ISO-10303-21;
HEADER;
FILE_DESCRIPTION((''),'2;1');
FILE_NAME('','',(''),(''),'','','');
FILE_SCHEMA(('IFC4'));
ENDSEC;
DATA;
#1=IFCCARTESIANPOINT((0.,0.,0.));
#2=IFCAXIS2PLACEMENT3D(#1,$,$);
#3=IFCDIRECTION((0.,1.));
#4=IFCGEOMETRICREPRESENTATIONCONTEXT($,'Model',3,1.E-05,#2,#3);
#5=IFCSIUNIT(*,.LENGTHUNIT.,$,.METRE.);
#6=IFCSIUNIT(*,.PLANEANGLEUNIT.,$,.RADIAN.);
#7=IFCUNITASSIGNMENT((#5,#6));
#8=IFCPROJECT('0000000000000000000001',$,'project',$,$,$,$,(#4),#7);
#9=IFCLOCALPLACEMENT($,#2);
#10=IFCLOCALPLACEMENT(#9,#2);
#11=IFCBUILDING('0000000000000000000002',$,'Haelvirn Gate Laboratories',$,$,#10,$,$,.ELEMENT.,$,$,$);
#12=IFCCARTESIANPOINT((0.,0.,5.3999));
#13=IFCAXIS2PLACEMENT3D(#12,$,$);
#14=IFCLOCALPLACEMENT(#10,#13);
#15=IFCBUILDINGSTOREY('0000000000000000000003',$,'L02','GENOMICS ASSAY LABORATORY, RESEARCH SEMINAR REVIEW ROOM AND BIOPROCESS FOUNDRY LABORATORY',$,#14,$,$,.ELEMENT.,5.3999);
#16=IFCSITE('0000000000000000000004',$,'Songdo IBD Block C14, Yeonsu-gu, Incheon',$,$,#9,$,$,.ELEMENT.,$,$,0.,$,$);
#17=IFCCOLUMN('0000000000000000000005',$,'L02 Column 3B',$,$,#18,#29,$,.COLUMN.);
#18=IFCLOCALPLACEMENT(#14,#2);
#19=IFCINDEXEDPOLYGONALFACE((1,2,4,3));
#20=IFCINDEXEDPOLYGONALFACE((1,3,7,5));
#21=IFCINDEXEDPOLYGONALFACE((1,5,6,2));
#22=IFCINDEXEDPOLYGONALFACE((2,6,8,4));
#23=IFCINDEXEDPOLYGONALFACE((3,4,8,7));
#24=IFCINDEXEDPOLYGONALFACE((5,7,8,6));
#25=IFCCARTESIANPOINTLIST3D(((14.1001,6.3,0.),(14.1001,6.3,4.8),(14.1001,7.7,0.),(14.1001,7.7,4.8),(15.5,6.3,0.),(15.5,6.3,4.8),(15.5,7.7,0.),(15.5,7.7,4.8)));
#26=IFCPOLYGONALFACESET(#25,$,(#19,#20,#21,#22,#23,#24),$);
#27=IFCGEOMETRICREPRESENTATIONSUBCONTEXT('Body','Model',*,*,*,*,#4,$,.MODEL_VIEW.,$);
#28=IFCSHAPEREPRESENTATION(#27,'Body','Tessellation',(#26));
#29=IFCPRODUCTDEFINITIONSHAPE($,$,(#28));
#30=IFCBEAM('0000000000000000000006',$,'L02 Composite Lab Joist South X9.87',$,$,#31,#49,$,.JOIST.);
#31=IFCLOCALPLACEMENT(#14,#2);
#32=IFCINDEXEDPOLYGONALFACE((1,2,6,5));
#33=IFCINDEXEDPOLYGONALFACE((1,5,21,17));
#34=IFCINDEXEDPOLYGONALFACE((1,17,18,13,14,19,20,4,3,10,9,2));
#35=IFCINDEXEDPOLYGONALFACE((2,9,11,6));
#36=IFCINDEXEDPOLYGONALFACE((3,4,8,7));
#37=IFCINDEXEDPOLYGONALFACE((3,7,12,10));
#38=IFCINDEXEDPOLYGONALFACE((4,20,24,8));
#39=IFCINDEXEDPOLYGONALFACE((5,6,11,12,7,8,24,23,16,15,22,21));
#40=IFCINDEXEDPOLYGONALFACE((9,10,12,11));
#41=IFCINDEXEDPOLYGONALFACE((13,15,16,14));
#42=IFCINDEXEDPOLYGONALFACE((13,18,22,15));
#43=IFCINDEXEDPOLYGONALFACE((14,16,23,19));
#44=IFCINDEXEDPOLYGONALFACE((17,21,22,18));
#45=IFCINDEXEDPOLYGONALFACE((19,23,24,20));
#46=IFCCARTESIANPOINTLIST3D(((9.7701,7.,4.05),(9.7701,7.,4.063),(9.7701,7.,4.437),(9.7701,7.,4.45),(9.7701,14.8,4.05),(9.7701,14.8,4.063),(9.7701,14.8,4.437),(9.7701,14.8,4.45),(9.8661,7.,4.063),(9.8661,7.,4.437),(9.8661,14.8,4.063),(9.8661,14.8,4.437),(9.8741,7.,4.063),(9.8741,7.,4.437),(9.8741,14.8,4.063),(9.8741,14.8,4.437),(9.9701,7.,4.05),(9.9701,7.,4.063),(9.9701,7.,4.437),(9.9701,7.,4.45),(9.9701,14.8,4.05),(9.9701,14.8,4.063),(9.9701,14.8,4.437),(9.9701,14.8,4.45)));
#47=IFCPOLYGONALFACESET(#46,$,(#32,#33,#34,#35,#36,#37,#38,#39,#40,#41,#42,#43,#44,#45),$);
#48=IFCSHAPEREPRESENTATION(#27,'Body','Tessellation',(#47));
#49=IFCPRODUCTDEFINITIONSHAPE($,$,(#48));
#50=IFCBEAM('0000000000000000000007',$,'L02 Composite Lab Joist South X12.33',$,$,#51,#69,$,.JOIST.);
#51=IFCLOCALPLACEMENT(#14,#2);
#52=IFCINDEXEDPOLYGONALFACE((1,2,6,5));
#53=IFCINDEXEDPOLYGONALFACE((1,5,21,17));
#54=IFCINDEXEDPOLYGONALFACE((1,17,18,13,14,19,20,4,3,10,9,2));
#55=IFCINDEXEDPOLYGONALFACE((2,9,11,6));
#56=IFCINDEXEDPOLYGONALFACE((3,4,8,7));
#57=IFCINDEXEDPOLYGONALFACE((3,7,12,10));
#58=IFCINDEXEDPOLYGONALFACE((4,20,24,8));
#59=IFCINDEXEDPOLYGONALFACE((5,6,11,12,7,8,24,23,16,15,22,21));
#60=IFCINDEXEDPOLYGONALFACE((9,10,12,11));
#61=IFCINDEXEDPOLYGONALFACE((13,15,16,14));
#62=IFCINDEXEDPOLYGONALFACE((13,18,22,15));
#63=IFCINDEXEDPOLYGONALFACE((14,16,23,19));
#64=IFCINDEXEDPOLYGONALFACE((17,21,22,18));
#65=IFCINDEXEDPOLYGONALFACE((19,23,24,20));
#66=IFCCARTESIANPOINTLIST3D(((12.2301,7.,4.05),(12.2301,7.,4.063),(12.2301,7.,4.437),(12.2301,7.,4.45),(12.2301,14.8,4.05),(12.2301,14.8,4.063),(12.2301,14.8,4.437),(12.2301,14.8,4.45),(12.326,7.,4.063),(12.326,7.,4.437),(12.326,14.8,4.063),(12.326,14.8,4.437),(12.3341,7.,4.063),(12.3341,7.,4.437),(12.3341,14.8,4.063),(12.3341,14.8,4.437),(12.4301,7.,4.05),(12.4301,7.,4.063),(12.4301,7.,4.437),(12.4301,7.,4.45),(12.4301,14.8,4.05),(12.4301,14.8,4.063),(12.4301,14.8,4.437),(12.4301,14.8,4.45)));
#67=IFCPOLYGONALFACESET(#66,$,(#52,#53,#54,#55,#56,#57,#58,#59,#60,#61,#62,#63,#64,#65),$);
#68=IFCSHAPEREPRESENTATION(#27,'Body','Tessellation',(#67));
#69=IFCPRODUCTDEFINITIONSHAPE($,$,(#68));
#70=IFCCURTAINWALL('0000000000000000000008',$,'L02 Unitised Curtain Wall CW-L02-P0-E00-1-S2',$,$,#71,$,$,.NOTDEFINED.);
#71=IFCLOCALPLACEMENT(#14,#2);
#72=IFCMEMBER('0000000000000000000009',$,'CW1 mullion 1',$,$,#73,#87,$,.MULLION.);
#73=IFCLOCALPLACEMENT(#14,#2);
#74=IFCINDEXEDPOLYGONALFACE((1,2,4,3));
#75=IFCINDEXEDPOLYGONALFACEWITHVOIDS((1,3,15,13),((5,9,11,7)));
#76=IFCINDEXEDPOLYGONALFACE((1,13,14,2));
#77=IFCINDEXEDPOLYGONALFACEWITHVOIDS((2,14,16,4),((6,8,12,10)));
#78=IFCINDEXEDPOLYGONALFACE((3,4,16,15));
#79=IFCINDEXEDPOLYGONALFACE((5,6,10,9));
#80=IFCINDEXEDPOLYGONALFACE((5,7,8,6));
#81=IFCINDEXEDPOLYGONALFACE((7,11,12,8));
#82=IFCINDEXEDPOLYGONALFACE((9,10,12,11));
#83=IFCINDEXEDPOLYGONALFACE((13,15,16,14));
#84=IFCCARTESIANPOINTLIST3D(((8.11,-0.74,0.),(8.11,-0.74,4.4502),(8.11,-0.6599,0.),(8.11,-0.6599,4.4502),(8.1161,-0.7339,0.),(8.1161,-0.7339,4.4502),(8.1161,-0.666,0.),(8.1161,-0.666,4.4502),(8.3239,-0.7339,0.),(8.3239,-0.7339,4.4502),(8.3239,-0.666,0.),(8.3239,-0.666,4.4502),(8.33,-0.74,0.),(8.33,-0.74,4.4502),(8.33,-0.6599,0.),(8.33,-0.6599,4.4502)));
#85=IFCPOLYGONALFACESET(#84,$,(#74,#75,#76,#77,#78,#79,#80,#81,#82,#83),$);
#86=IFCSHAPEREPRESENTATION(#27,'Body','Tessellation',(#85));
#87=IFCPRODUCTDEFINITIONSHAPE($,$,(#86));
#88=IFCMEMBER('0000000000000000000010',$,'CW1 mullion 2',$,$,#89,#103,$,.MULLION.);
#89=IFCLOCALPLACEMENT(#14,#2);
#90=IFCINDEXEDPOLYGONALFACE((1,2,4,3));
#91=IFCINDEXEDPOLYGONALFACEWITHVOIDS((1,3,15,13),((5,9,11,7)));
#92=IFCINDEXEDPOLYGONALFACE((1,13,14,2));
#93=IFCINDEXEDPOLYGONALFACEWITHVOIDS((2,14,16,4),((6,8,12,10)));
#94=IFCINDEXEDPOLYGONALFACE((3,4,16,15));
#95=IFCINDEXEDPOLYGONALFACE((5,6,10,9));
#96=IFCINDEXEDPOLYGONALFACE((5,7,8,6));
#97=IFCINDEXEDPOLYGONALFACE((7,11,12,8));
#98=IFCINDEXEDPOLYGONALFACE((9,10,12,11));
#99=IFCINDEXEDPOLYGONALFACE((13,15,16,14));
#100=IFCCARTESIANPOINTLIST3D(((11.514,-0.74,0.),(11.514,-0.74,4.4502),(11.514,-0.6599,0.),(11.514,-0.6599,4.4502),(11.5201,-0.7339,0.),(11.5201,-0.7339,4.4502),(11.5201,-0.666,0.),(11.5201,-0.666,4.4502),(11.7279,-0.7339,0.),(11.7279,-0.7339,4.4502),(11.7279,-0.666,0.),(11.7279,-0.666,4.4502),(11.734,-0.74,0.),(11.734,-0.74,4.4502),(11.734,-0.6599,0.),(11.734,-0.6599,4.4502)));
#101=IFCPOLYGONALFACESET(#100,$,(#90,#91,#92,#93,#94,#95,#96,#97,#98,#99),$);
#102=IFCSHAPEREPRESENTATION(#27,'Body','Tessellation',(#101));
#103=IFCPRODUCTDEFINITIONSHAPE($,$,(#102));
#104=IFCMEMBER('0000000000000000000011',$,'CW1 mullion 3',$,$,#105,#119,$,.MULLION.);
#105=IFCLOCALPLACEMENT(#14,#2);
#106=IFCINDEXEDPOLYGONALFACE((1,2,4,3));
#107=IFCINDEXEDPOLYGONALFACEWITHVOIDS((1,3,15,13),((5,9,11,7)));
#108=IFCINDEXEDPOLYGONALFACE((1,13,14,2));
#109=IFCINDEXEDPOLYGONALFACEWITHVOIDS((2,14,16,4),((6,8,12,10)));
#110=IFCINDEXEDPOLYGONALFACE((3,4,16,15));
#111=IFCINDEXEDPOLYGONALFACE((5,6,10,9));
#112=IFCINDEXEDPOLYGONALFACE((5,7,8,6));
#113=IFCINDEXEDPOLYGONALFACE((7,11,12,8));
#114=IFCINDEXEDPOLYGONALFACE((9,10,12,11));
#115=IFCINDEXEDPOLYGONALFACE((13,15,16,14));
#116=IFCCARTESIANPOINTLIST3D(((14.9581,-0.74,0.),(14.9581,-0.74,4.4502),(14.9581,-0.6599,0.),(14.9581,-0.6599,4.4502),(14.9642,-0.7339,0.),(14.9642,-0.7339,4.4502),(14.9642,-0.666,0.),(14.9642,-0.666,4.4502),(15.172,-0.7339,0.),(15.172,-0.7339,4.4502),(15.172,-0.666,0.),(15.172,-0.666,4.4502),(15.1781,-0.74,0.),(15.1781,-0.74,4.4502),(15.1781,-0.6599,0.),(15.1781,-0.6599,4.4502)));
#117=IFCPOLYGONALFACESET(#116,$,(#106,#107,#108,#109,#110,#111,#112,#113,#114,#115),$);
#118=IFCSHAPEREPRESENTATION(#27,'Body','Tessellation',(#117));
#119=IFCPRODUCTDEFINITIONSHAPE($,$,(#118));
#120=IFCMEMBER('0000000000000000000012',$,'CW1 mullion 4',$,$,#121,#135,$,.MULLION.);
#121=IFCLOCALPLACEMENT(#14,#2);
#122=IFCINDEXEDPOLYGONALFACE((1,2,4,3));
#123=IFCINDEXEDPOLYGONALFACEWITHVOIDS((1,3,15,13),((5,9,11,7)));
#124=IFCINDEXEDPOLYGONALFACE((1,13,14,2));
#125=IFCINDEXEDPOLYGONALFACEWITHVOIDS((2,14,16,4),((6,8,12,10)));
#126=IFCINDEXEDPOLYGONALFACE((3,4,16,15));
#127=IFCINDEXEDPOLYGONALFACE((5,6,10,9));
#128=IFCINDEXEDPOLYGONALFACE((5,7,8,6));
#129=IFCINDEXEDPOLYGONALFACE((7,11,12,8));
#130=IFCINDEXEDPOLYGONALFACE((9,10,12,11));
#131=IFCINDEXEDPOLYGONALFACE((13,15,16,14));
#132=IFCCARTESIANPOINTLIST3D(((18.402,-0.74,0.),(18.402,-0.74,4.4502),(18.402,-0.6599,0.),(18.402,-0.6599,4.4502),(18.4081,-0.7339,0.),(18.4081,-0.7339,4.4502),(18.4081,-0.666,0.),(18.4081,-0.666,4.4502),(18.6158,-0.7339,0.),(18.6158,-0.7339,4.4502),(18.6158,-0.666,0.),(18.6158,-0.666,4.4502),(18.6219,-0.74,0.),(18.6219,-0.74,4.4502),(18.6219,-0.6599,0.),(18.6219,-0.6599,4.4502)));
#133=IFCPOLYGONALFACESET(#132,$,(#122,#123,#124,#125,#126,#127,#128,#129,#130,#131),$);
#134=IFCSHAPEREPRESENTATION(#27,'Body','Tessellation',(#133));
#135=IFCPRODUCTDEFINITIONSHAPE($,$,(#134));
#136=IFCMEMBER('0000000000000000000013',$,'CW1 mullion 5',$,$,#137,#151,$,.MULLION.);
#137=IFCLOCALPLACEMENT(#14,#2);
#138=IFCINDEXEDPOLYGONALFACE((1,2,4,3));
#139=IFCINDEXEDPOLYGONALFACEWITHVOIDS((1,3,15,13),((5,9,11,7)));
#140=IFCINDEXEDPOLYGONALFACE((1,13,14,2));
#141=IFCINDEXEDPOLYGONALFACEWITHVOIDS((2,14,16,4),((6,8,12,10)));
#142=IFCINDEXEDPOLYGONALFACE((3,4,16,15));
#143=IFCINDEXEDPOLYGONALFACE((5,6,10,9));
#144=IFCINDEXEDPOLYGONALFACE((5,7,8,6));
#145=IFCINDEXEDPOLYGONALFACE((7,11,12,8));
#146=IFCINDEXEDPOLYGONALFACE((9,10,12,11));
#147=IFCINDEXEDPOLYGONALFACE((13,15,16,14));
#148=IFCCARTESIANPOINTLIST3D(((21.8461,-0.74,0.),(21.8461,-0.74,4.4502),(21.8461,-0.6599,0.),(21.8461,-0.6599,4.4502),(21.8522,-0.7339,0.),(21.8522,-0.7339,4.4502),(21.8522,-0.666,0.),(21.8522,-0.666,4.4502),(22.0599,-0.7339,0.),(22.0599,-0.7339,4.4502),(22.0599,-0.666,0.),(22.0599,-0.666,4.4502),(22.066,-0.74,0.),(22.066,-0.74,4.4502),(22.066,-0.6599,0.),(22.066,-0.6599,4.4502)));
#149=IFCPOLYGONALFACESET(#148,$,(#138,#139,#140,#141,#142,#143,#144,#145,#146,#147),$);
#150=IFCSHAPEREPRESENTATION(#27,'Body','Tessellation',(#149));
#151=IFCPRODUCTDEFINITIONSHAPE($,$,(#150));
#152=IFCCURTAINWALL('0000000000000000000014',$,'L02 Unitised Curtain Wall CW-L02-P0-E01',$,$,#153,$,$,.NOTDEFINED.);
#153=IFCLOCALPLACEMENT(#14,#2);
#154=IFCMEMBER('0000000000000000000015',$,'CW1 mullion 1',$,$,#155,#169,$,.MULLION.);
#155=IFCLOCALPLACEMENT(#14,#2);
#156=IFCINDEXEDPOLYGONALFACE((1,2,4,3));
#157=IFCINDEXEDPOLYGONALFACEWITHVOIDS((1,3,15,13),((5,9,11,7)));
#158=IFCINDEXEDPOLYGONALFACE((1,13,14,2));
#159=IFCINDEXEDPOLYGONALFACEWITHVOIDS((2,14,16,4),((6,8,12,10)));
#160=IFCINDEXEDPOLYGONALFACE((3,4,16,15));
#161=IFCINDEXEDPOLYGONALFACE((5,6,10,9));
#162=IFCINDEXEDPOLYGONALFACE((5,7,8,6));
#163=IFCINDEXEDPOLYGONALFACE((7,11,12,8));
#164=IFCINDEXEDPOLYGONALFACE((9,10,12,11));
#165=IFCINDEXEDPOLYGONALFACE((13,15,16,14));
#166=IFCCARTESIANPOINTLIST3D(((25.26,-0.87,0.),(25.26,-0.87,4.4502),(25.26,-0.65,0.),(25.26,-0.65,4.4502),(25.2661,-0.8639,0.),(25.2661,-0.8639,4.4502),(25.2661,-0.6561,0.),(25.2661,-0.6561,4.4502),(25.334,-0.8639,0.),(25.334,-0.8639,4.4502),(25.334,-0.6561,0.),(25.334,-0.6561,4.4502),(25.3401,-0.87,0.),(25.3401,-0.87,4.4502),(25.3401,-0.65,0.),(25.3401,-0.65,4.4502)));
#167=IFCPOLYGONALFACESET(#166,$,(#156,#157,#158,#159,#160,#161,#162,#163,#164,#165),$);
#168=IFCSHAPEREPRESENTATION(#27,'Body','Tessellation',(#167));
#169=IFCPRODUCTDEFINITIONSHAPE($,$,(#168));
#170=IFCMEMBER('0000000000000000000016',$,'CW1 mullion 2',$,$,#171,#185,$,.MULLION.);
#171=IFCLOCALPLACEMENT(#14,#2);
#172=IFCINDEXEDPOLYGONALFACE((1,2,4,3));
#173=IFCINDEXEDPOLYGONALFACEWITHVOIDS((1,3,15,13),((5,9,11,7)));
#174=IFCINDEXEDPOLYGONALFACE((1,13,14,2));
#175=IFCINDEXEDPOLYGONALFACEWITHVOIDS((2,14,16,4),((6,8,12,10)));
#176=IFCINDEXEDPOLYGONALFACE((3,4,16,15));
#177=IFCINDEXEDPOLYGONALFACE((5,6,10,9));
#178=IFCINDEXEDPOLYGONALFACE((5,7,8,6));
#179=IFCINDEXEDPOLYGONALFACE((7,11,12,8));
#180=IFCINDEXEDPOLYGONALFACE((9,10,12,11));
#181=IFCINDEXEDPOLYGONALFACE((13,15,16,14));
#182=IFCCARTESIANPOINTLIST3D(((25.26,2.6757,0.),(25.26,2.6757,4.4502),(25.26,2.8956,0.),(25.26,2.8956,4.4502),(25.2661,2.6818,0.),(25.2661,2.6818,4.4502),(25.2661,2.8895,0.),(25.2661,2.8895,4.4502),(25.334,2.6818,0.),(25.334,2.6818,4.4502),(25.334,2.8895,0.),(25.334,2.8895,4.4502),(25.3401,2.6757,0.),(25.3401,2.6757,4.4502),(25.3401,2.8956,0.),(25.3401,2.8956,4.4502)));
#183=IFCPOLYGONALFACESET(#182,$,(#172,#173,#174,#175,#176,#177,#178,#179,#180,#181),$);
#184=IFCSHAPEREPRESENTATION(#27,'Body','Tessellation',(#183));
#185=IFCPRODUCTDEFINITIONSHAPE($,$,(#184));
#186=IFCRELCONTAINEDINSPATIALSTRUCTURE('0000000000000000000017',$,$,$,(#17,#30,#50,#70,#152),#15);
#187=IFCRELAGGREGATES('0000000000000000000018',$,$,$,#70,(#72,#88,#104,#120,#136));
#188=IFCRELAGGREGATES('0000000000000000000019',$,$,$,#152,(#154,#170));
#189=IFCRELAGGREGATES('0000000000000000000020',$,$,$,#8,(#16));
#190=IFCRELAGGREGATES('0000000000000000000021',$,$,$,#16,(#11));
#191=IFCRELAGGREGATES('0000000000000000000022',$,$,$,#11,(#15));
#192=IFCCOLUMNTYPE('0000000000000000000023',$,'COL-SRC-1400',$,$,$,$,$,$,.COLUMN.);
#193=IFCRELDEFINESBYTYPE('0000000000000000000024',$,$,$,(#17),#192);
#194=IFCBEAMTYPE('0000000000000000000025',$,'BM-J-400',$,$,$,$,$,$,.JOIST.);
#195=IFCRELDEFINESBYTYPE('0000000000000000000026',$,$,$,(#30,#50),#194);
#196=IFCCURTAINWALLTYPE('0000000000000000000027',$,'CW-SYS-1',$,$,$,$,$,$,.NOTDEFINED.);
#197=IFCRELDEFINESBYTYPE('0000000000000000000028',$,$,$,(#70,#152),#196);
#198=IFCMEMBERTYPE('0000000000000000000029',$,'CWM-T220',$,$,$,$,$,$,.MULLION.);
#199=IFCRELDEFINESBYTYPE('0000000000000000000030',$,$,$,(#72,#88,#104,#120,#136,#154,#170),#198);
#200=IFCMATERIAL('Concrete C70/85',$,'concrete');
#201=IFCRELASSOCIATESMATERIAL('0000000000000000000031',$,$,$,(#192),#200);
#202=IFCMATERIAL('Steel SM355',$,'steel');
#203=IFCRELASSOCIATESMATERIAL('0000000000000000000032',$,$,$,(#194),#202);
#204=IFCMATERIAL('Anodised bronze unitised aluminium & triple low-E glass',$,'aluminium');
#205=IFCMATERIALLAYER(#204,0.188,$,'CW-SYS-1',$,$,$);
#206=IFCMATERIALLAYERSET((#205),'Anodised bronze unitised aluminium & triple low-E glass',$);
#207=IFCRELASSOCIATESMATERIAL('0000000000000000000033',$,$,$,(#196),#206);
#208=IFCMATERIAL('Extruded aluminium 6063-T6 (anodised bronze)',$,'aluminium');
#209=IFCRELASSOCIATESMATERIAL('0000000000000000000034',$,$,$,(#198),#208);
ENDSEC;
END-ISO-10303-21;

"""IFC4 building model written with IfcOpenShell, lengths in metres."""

from ifc_helpers import new_model, si_unit, direction, frame, origin, origin_2d, place, context, subcontext, project, spatial, rectangle, hollow_rectangle, i_section, extrude, source, transform, mapped, material, layer, layer_set, material_profile, profile_set, type_object, type_shapes, element, aggregate, save


model = new_model("IFC4")

# Units and contexts
model_context = context("Model", 3, precision=1e-05, world=origin(), true_north=direction((0.0, 1.0)))
body_context = subcontext(model_context, "Body", "Model", "MODEL_VIEW")
ifc_project = project(units=[si_unit("LENGTHUNIT", "METRE"), si_unit("PLANEANGLEUNIT", "RADIAN")], contexts=[model_context])

# Site, building, storey
site_placement = place(None, origin())
site = spatial("IfcSite", under=ifc_project, at=site_placement, Name="Songdo IBD Block C14, Yeonsu-gu, Incheon", CompositionType="ELEMENT", RefElevation=0.0)
building_placement = place(site_placement, origin())
building = spatial("IfcBuilding", under=site, at=building_placement, Name="Haelvirn Gate Laboratories", CompositionType="ELEMENT")
storey_placement = place(building_placement, frame((0.0, 0.0, 5.3999)))
storey = spatial("IfcBuildingStorey", under=building, at=storey_placement, Name="L02", Description="GENOMICS ASSAY LABORATORY, RESEARCH SEMINAR REVIEW ROOM AND BIOPROCESS FOUNDRY LABORATORY", CompositionType="ELEMENT", Elevation=5.3999)

# Column
ifc_material_1 = material(Name="Concrete C70/85", Category="concrete")
ifc_material_profile_1 = material_profile(ifc_material_1, rectangle(XDim=1.3999, YDim=1.3999, at=origin_2d()), Name="SRC-1400x1400")
ifc_profile_set_1 = profile_set([ifc_material_profile_1], Name="Concrete C70/85")
column_type = type_object("IfcColumnType", Name="COL-SRC-1400", PredefinedType="COLUMN", material=ifc_profile_set_1)
shared_shape_1 = source(origin(), body_context, "Body", "SweptSolid", [
    extrude(rectangle(XDim=1.3999, YDim=1.3999, at=origin_2d()), origin(), (0.0, 0.0, 1.0), 4.8),
])
type_shapes(column_type, [shared_shape_1])
column_placement = place(storey_placement, frame((14.8, 7.0, 0.0), z_axis=(0.0, 0.0, 1.0), x_axis=(1.0, 0.0, 0.0)))
element("IfcColumn", 1, at=column_placement, inside=storey, type_object=column_type, Name="L02 Column 3B", PredefinedType="COLUMN", context=body_context, shape_type="MappedRepresentation", body=[
    mapped(shared_shape_1, transform((0.0, 0.0, 0.0), scale=1.0)),
])

# Beams
ifc_material_2 = material(Name="Steel SM355", Category="steel")
ifc_material_profile_2 = material_profile(ifc_material_2, i_section(OverallWidth=0.2, OverallDepth=0.3999, WebThickness=0.0081, FlangeThickness=0.0129, at=origin_2d()), Name="H-400x200x8x13")
ifc_profile_set_2 = profile_set([ifc_material_profile_2], Name="Steel SM355")
beam_type = type_object("IfcBeamType", Name="BM-J-400", PredefinedType="JOIST", material=ifc_profile_set_2)
shared_shape_2 = source(origin(), body_context, "Body", "SweptSolid", [
    extrude(i_section(OverallWidth=0.2, OverallDepth=0.3999, WebThickness=0.0081, FlangeThickness=0.0129, at=origin_2d()), origin(), (0.0, 0.0, 1.0), 7.8),
])
type_shapes(beam_type, [shared_shape_2])
for number, where, z_axis, x_axis, name in (
    (2, (9.8701, 7.0, 4.25), (0.0, 1.0, 0.0), (-1.0, 0.0, 0.0), "L02 Composite Lab Joist South X9.87"),
    (3, (12.3301, 7.0, 4.25), (0.0, 1.0, 0.0), (-1.0, 0.0, 0.0), "L02 Composite Lab Joist South X12.33"),
):
    element("IfcBeam", number, at=place(storey_placement, frame(where, z_axis=z_axis, x_axis=x_axis)), inside=storey, type_object=beam_type, Name=name, PredefinedType="JOIST", context=body_context, shape_type="MappedRepresentation", body=[
        mapped(shared_shape_2, transform((0.0, 0.0, 0.0), scale=1.0)),
    ])

# Curtain walls, members
ifc_material_3 = material(Name="Anodised bronze unitised aluminium & triple low-E glass", Category="aluminium")
ifc_layer_1 = layer(ifc_material_3, 0.188, Name="CW-SYS-1")
ifc_layer_set_1 = layer_set([ifc_layer_1], Name="Anodised bronze unitised aluminium & triple low-E glass")
curtain_wall_type = type_object("IfcCurtainWallType", Name="CW-SYS-1", PredefinedType="NOTDEFINED", material=ifc_layer_set_1)
curtain_wall_1_placement = place(storey_placement, origin())
curtain_wall_1 = element("IfcCurtainWall", 4, at=curtain_wall_1_placement, inside=storey, type_object=curtain_wall_type, Name="L02 Unitised Curtain Wall CW-L02-P0-E00-1-S2", PredefinedType="NOTDEFINED")
ifc_material_4 = material(Name="Extruded aluminium 6063-T6 (anodised bronze)", Category="aluminium")
ifc_material_profile_3 = material_profile(ifc_material_4, hollow_rectangle(XDim=0.0801, YDim=0.22, WallThickness=0.0061, at=origin_2d()), Name="CWM-220x80x6")
ifc_profile_set_3 = profile_set([ifc_material_profile_3], Name="Extruded aluminium 6063-T6 (anodised bronze)")
member_type_1 = type_object("IfcMemberType", Name="CWM-T220", PredefinedType="MULLION", material=ifc_profile_set_3)
shared_shape_3 = source(origin(), body_context, "Body", "SweptSolid", [
    extrude(hollow_rectangle(XDim=0.0801, YDim=0.22, WallThickness=0.0061, at=origin_2d()), origin(), (0.0, 0.0, 1.0), 4.4502),
])
type_shapes(member_type_1, [shared_shape_3])
member_1_placement = place(storey_placement, frame((8.22, -0.7, 0.0), z_axis=(0.0, 0.0, 1.0), x_axis=(0.0, 1.0, 0.0)))
member_1 = element("IfcMember", 5, at=member_1_placement, type_object=member_type_1, Name="CW1 mullion 1", PredefinedType="MULLION", context=body_context, shape_type="MappedRepresentation", body=[
    mapped(shared_shape_3, transform((0.0, 0.0, 0.0), scale=1.0)),
])
member_2_placement = place(storey_placement, frame((11.624, -0.7, 0.0), z_axis=(0.0, 0.0, 1.0), x_axis=(0.0, 1.0, 0.0)))
member_2 = element("IfcMember", 6, at=member_2_placement, type_object=member_type_1, Name="CW1 mullion 2", PredefinedType="MULLION", context=body_context, shape_type="MappedRepresentation", body=[
    mapped(shared_shape_3, transform((0.0, 0.0, 0.0), scale=1.0)),
])
member_3_placement = place(storey_placement, frame((15.0681, -0.7, 0.0), z_axis=(0.0, 0.0, 1.0), x_axis=(0.0, 1.0, 0.0)))
member_3 = element("IfcMember", 7, at=member_3_placement, type_object=member_type_1, Name="CW1 mullion 3", PredefinedType="MULLION", context=body_context, shape_type="MappedRepresentation", body=[
    mapped(shared_shape_3, transform((0.0, 0.0, 0.0), scale=1.0)),
])
member_4_placement = place(storey_placement, frame((18.512, -0.7, 0.0), z_axis=(0.0, 0.0, 1.0), x_axis=(0.0, 1.0, 0.0)))
member_4 = element("IfcMember", 8, at=member_4_placement, type_object=member_type_1, Name="CW1 mullion 4", PredefinedType="MULLION", context=body_context, shape_type="MappedRepresentation", body=[
    mapped(shared_shape_3, transform((0.0, 0.0, 0.0), scale=1.0)),
])
member_5_placement = place(storey_placement, frame((21.9561, -0.7, 0.0), z_axis=(0.0, 0.0, 1.0), x_axis=(0.0, 1.0, 0.0)))
member_5 = element("IfcMember", 9, at=member_5_placement, type_object=member_type_1, Name="CW1 mullion 5", PredefinedType="MULLION", context=body_context, shape_type="MappedRepresentation", body=[
    mapped(shared_shape_3, transform((0.0, 0.0, 0.0), scale=1.0)),
])
curtain_wall_2_placement = place(storey_placement, origin())
curtain_wall_2 = element("IfcCurtainWall", 10, at=curtain_wall_2_placement, inside=storey, type_object=curtain_wall_type, Name="L02 Unitised Curtain Wall CW-L02-P0-E01", PredefinedType="NOTDEFINED")
member_6_placement = place(storey_placement, frame((25.3, -0.76, 0.0), z_axis=(0.0, 0.0, 1.0), x_axis=(-1.0, 0.0, 0.0)))
member_6 = element("IfcMember", 11, at=member_6_placement, type_object=member_type_1, Name="CW1 mullion 1", PredefinedType="MULLION", context=body_context, shape_type="MappedRepresentation", body=[
    mapped(shared_shape_3, transform((0.0, 0.0, 0.0), scale=1.0)),
])
member_7_placement = place(storey_placement, frame((25.3, 2.7856, 0.0), z_axis=(0.0, 0.0, 1.0), x_axis=(-1.0, 0.0, 0.0)))
member_7 = element("IfcMember", 12, at=member_7_placement, type_object=member_type_1, Name="CW1 mullion 2", PredefinedType="MULLION", context=body_context, shape_type="MappedRepresentation", body=[
    mapped(shared_shape_3, transform((0.0, 0.0, 0.0), scale=1.0)),
])

aggregate(curtain_wall_1, [member_1, member_2, member_3, member_4, member_5])
aggregate(curtain_wall_2, [member_6, member_7])

save(model, "model.ifc")
